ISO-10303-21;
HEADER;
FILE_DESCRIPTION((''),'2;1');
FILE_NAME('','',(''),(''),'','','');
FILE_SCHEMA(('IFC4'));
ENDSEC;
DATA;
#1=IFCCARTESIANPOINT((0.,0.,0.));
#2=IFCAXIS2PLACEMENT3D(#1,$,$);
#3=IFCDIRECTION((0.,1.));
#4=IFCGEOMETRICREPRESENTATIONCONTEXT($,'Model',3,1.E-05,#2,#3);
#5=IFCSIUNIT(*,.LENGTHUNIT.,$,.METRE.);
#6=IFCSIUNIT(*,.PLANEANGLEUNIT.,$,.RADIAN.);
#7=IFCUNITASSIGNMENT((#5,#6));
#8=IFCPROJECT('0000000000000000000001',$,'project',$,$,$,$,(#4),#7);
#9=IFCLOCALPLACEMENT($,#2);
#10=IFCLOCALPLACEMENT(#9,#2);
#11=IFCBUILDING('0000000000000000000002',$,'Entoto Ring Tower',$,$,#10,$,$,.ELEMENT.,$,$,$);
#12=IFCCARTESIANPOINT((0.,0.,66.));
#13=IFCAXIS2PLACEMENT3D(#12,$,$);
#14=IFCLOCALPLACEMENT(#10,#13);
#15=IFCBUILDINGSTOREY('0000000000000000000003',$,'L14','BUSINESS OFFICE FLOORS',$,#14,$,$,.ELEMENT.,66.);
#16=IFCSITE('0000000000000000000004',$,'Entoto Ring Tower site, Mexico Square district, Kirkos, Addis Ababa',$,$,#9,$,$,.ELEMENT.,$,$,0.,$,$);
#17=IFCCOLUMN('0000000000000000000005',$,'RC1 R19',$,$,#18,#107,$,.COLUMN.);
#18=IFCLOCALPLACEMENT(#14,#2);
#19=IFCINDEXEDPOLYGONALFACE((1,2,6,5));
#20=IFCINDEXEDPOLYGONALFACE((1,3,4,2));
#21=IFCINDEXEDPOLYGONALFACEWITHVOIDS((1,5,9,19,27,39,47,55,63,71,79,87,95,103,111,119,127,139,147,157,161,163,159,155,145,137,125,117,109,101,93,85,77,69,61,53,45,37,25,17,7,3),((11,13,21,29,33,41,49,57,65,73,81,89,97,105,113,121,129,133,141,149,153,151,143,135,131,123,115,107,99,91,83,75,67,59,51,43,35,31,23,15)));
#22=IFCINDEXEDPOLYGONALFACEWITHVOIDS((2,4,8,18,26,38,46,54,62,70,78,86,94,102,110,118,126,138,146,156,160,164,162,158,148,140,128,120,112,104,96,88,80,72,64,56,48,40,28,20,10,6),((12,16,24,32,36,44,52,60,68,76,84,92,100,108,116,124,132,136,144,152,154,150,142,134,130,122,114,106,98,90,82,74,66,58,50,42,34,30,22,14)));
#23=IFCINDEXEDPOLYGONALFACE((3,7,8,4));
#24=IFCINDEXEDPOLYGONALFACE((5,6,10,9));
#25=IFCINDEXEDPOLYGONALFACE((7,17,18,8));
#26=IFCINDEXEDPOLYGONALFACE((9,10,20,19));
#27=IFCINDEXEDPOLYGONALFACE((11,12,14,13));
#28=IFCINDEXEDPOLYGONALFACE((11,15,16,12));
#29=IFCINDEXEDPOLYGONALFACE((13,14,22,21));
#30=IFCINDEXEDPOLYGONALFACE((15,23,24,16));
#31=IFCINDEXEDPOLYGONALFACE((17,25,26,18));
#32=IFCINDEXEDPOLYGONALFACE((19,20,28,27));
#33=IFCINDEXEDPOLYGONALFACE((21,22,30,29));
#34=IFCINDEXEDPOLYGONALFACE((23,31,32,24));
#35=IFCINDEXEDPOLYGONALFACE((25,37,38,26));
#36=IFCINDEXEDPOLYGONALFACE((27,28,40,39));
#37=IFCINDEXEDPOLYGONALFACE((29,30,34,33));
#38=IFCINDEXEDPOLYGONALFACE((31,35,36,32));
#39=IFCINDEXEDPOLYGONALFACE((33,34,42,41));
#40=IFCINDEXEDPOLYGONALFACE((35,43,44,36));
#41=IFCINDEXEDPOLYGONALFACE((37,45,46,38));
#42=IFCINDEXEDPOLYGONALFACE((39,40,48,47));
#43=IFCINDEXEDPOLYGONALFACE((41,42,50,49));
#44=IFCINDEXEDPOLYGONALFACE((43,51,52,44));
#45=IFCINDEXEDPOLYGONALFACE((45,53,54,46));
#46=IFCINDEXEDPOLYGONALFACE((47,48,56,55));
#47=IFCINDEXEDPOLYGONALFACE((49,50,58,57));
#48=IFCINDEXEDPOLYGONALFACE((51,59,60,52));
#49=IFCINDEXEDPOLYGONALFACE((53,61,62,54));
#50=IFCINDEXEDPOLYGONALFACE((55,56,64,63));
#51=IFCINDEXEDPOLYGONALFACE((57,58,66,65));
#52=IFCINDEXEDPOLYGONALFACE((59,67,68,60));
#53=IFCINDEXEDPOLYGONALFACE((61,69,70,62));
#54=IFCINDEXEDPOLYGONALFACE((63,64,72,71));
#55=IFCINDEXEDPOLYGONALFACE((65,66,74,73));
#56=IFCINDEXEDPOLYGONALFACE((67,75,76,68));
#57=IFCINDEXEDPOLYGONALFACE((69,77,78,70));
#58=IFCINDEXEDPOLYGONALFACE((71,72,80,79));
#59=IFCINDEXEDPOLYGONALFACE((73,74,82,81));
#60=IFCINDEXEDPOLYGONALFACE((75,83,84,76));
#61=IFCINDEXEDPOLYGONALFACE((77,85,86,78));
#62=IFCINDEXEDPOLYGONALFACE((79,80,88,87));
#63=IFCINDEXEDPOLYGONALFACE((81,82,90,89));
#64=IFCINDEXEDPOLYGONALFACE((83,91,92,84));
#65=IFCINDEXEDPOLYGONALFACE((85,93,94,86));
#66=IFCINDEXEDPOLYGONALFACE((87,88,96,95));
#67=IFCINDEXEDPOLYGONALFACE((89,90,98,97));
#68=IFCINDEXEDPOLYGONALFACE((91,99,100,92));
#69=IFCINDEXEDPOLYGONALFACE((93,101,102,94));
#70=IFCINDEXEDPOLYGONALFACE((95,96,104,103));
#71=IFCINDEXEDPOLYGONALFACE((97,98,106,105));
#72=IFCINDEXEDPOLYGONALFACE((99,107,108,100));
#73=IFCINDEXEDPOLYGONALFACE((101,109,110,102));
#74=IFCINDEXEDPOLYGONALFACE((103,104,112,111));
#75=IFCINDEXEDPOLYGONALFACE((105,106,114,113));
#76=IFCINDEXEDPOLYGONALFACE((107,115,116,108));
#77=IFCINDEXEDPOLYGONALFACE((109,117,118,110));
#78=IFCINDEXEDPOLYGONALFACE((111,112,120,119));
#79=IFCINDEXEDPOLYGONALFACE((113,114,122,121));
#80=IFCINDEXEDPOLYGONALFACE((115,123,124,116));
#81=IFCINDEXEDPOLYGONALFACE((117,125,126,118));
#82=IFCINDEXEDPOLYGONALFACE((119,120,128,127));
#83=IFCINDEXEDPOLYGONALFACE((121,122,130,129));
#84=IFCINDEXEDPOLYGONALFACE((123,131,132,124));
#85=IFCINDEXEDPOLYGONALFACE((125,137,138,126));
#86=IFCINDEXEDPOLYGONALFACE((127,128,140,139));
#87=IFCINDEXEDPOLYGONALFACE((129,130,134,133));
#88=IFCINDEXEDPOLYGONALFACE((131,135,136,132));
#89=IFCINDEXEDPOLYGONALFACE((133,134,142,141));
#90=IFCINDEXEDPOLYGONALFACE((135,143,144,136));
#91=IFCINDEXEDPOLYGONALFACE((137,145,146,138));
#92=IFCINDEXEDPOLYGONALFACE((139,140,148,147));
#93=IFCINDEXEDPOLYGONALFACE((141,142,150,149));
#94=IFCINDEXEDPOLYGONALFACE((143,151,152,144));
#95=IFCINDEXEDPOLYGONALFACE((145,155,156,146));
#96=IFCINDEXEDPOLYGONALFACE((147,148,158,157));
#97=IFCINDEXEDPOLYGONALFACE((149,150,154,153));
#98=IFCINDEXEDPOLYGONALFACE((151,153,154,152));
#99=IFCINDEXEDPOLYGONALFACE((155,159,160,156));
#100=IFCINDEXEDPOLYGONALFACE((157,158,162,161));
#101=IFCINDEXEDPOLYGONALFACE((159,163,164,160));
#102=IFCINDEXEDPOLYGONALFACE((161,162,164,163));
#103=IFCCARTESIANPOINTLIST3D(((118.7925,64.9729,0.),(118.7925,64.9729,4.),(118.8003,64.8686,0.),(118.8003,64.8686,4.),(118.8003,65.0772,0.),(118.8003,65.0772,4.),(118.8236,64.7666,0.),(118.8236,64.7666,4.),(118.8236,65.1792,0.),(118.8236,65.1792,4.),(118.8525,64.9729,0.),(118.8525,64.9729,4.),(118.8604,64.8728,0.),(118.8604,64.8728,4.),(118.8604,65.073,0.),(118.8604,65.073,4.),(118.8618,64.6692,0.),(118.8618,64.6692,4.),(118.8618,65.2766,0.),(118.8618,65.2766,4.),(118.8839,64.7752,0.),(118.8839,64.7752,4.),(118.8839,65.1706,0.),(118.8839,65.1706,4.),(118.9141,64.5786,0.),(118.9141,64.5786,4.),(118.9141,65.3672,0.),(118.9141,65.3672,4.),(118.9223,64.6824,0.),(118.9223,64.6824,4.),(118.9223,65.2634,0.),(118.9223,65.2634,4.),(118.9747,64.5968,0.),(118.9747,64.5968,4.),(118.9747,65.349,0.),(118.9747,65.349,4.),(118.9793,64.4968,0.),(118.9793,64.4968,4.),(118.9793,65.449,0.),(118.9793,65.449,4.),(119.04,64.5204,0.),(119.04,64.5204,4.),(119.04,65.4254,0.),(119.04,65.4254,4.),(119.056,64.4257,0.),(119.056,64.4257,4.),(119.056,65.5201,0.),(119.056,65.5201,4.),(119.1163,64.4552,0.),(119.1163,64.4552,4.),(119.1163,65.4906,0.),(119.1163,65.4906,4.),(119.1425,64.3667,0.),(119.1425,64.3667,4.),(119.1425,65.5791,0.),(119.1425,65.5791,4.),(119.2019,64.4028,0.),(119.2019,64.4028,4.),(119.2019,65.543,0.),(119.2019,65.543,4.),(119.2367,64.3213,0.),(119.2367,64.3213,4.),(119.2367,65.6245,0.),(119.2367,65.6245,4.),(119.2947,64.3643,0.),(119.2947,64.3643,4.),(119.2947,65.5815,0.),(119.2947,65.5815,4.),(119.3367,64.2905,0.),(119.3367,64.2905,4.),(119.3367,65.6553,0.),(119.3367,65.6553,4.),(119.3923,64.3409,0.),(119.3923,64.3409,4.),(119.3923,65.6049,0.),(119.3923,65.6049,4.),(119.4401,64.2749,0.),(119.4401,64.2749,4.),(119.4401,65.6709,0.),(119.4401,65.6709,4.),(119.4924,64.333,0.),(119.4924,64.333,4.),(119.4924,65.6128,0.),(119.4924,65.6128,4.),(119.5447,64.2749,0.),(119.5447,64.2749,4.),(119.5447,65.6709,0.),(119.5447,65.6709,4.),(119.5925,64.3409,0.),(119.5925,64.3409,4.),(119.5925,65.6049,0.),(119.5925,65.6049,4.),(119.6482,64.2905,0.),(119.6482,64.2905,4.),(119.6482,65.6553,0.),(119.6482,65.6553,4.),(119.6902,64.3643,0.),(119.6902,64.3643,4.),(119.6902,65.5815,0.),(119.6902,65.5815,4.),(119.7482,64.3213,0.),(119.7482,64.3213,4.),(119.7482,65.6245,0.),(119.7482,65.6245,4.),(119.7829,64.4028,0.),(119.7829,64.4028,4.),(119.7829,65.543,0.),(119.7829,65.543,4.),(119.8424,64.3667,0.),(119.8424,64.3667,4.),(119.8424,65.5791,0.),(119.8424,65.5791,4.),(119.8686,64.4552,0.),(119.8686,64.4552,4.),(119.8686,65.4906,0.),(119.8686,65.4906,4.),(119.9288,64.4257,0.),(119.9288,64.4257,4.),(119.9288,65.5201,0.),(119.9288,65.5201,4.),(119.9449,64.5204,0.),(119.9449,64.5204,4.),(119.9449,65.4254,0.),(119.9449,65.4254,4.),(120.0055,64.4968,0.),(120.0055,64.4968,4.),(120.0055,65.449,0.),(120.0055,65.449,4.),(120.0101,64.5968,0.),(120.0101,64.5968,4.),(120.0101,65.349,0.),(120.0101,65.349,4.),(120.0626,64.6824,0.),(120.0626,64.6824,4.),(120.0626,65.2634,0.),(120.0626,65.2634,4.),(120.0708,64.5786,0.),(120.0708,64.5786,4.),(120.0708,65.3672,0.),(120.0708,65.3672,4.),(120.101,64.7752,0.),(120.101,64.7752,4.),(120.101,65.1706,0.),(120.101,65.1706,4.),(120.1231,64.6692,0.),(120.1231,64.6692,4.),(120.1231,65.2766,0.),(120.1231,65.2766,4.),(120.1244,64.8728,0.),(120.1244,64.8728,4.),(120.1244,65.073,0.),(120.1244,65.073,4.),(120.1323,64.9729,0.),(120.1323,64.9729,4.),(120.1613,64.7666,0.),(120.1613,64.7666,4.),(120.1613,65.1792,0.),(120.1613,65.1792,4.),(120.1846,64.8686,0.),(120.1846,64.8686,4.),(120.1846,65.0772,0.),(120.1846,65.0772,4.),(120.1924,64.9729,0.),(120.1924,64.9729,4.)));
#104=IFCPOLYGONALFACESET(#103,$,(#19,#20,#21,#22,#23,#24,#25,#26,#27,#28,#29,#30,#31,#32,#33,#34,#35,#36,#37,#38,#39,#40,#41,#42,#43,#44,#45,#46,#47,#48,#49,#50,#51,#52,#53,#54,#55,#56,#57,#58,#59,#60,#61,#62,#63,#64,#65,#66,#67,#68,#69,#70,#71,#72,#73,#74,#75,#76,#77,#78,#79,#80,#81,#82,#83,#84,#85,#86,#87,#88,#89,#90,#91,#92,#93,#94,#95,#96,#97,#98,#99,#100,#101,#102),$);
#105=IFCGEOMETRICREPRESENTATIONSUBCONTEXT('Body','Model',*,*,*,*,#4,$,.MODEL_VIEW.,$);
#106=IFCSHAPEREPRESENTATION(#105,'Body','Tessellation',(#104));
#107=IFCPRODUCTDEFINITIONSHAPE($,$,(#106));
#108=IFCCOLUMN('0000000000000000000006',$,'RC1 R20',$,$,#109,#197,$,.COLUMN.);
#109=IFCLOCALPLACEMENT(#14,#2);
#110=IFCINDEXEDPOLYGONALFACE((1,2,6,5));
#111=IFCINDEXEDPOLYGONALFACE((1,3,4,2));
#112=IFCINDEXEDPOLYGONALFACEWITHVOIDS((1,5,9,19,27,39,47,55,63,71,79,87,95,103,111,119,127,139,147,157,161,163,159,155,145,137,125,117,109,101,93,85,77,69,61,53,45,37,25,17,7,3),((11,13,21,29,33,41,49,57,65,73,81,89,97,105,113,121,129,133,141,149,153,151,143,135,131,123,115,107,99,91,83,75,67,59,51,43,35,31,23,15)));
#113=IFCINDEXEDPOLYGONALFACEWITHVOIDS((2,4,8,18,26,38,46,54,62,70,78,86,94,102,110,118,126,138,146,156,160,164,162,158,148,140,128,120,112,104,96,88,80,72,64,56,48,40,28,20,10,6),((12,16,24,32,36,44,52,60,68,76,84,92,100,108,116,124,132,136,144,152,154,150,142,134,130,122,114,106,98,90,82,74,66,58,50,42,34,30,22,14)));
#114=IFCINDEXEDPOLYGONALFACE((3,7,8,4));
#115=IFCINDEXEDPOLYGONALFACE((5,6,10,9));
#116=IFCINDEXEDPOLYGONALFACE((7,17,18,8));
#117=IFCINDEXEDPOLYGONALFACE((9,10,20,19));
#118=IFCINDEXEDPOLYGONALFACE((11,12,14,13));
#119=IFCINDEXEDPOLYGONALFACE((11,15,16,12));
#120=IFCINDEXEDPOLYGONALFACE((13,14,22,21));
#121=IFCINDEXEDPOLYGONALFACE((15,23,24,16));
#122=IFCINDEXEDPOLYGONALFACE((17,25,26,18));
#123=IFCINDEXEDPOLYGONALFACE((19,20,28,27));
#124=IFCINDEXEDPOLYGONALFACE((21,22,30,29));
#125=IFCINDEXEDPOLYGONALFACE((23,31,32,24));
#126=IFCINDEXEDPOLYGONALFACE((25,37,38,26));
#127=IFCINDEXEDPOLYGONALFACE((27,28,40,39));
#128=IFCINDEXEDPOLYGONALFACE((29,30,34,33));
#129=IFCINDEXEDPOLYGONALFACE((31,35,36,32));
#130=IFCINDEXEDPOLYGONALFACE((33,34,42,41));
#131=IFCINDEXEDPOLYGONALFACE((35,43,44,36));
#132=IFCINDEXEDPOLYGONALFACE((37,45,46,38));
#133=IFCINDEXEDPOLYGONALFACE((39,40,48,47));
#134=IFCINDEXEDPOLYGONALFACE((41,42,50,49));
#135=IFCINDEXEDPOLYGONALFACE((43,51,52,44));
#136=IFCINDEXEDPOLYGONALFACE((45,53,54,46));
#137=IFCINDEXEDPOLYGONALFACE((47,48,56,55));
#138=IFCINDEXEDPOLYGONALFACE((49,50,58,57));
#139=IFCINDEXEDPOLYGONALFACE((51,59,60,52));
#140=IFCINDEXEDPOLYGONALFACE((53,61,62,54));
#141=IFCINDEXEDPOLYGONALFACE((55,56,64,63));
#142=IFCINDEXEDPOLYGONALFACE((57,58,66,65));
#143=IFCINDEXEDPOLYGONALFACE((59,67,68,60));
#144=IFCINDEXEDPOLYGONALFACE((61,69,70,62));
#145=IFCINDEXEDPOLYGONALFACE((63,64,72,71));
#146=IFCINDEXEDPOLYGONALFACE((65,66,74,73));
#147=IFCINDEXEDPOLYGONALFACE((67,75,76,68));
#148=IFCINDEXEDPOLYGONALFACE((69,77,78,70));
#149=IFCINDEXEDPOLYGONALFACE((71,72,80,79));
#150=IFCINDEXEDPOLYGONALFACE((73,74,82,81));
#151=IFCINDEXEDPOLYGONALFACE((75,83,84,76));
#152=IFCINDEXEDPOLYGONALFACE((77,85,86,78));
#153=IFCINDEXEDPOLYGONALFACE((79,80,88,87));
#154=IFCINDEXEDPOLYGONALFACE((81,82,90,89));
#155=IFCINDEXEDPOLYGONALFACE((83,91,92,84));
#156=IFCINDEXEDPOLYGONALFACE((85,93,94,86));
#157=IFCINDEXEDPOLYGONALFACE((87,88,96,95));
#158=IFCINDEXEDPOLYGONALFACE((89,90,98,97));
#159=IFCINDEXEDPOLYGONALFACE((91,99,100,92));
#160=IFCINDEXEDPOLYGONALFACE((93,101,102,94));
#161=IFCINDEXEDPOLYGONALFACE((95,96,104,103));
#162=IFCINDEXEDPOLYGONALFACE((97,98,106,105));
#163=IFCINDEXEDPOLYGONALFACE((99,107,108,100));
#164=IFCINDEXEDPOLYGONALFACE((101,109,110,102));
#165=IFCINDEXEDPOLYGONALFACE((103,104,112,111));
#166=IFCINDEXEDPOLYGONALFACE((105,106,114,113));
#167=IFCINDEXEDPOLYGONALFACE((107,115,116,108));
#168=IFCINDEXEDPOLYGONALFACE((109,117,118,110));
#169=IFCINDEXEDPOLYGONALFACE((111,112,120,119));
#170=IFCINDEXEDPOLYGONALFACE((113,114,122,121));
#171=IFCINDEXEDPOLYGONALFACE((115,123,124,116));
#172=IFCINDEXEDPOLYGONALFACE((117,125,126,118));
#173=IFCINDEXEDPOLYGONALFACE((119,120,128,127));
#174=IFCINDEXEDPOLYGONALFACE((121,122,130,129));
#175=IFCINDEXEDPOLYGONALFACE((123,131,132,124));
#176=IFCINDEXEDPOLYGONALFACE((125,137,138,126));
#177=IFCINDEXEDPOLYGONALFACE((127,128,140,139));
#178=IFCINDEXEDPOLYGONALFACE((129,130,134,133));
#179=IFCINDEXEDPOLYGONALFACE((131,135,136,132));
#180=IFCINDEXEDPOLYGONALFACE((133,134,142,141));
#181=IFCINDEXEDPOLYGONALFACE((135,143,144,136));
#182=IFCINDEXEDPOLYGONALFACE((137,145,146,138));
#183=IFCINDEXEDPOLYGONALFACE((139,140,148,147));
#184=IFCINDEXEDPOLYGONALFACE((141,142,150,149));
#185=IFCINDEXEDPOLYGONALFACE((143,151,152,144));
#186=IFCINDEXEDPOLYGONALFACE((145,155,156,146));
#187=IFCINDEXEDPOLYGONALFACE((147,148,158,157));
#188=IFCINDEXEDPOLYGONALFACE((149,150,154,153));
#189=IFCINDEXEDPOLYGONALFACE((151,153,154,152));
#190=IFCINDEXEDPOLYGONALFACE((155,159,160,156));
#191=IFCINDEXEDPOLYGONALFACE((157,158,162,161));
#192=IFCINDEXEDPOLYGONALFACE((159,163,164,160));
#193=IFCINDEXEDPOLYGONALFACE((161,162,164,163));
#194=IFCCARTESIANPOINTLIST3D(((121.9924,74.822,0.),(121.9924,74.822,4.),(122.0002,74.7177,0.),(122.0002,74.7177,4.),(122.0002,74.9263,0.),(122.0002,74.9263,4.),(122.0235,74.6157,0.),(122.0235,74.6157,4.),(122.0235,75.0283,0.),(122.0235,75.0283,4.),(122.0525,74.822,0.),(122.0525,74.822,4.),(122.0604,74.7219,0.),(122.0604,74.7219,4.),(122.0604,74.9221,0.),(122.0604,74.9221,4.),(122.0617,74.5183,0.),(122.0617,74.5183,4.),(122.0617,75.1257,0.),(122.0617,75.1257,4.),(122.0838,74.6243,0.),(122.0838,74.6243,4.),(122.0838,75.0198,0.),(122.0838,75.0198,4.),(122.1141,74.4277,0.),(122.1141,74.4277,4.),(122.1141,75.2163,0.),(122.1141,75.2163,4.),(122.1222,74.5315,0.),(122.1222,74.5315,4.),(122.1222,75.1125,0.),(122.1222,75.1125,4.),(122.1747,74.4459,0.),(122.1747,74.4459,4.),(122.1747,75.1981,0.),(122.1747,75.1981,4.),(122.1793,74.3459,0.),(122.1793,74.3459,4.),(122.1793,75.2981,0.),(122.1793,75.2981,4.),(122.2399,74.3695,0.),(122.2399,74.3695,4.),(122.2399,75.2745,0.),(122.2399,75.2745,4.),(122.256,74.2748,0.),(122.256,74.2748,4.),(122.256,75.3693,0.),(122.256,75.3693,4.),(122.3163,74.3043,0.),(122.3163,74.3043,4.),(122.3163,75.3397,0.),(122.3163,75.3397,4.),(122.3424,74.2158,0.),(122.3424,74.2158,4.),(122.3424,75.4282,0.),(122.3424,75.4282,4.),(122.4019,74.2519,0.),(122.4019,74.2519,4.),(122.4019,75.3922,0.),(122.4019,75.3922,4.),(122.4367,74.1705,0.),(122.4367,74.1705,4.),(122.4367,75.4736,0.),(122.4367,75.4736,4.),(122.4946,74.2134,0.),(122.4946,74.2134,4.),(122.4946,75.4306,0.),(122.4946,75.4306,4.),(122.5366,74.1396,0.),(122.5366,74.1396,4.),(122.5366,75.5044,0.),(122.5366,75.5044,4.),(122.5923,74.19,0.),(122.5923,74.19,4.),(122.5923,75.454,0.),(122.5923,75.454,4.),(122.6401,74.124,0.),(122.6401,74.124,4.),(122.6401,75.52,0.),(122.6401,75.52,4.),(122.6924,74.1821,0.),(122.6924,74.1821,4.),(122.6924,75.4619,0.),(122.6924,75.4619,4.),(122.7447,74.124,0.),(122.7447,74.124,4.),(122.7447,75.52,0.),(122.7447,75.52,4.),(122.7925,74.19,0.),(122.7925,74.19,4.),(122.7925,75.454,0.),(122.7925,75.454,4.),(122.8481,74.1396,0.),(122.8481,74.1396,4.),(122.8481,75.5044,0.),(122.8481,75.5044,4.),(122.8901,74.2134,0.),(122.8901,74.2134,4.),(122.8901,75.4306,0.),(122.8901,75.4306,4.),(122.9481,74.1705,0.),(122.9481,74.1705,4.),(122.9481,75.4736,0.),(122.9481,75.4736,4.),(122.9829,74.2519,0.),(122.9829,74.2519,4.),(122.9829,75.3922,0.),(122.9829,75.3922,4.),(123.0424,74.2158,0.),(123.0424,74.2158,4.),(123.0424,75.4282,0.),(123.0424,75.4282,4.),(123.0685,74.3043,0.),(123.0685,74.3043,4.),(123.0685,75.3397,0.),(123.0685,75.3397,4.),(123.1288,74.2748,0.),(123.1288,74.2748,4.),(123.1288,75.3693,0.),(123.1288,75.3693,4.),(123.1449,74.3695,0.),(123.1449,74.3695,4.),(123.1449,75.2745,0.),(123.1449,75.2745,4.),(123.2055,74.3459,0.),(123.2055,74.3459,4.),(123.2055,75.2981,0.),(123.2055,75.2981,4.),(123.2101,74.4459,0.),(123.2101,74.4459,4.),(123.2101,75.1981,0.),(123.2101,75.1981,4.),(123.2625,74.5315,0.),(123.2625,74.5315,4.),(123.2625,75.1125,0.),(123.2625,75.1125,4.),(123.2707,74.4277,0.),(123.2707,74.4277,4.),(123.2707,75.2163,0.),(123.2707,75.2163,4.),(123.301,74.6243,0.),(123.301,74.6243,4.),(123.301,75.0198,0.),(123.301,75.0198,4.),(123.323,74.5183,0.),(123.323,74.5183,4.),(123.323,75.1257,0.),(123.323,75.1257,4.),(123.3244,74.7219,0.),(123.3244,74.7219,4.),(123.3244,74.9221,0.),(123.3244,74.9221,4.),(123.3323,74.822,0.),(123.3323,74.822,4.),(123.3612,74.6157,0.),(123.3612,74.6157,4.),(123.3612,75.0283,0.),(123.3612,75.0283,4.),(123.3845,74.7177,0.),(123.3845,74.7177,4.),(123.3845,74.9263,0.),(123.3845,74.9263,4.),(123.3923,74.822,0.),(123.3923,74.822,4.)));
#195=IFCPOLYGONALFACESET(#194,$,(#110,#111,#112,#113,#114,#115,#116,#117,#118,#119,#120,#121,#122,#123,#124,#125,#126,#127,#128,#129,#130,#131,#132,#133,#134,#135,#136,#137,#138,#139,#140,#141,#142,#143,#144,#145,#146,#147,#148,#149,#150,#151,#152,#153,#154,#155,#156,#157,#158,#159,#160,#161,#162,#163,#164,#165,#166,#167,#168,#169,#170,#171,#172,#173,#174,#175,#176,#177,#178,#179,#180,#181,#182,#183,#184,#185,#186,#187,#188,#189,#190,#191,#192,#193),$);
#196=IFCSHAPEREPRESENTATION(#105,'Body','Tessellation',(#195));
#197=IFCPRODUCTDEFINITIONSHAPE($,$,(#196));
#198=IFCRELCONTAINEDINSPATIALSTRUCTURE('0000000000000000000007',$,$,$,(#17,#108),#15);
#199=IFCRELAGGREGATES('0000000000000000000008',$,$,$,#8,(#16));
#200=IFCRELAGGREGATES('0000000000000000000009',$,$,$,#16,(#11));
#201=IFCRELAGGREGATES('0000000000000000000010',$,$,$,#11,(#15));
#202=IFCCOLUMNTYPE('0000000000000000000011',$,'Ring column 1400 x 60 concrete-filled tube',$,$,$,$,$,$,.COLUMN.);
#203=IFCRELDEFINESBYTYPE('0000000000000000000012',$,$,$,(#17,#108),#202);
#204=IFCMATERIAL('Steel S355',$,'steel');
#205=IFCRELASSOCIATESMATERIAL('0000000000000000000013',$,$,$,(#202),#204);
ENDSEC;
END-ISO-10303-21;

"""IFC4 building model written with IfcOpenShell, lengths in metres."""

from ifc_helpers import new_model, si_unit, direction, frame, origin, origin_2d, place, context, subcontext, project, spatial, circle, hollow_circle, extrude, material, material_profile, profile_set, type_object, element, save


model = new_model("IFC4")

# Units and contexts
model_context = context("Model", 3, precision=1e-05, world=origin(), true_north=direction((0.0, 1.0)))
body_context = subcontext(model_context, "Body", "Model", "MODEL_VIEW")
ifc_project = project(units=[si_unit("LENGTHUNIT", "METRE"), si_unit("PLANEANGLEUNIT", "RADIAN")], contexts=[model_context])

# Site, building, storey
site_placement = place(None, origin())
site = spatial("IfcSite", under=ifc_project, at=site_placement, Name="Entoto Ring Tower site, Mexico Square district, Kirkos, Addis Ababa", CompositionType="ELEMENT", RefElevation=0.0)
building_placement = place(site_placement, origin())
building = spatial("IfcBuilding", under=site, at=building_placement, Name="Entoto Ring Tower", CompositionType="ELEMENT")
storey_placement = place(building_placement, frame((0.0, 0.0, 66.0)))
storey = spatial("IfcBuildingStorey", under=building, at=storey_placement, Name="L14", Description="BUSINESS OFFICE FLOORS", CompositionType="ELEMENT", Elevation=66.0)

# Columns
ifc_material_1 = material(Name="Steel S355", Category="steel")
ifc_material_profile_1 = material_profile(ifc_material_1, hollow_circle(Radius=0.7, WallThickness=0.0601, at=origin_2d()), Name="CHS 1400 x 60")
ifc_material_2 = material(Name="Concrete C60/75", Category="concrete")
ifc_material_profile_2 = material_profile(ifc_material_2, circle(Radius=0.6399, at=origin_2d()), Name="Concrete C60/75 infill")
ifc_profile_set_1 = profile_set([ifc_material_profile_1, ifc_material_profile_2], Name="Steel S355")
column_type = type_object("IfcColumnType", Name="Ring column 1400 x 60 concrete-filled tube", PredefinedType="COLUMN", material=ifc_profile_set_1)
for number, where, z_axis, x_axis, name in (
    (1, (119.4924, 64.9729, 0.0), (0.0, 0.0, 1.0), (1.0, 0.0, 0.0), "RC1 R19"),
    (2, (122.6924, 74.822, 0.0), (0.0, 0.0, 1.0), (1.0, 0.0, 0.0), "RC1 R20"),
):
    element("IfcColumn", number, at=place(storey_placement, frame(where, z_axis=z_axis, x_axis=x_axis)), inside=storey, type_object=column_type, Name=name, PredefinedType="COLUMN", context=body_context, shape_type="SweptSolid", body=[
        extrude(hollow_circle(Radius=0.7, WallThickness=0.0601, at=origin_2d()), origin(), (0.0, 0.0, 1.0), 4.0),
    ])

save(model, "model.ifc")
